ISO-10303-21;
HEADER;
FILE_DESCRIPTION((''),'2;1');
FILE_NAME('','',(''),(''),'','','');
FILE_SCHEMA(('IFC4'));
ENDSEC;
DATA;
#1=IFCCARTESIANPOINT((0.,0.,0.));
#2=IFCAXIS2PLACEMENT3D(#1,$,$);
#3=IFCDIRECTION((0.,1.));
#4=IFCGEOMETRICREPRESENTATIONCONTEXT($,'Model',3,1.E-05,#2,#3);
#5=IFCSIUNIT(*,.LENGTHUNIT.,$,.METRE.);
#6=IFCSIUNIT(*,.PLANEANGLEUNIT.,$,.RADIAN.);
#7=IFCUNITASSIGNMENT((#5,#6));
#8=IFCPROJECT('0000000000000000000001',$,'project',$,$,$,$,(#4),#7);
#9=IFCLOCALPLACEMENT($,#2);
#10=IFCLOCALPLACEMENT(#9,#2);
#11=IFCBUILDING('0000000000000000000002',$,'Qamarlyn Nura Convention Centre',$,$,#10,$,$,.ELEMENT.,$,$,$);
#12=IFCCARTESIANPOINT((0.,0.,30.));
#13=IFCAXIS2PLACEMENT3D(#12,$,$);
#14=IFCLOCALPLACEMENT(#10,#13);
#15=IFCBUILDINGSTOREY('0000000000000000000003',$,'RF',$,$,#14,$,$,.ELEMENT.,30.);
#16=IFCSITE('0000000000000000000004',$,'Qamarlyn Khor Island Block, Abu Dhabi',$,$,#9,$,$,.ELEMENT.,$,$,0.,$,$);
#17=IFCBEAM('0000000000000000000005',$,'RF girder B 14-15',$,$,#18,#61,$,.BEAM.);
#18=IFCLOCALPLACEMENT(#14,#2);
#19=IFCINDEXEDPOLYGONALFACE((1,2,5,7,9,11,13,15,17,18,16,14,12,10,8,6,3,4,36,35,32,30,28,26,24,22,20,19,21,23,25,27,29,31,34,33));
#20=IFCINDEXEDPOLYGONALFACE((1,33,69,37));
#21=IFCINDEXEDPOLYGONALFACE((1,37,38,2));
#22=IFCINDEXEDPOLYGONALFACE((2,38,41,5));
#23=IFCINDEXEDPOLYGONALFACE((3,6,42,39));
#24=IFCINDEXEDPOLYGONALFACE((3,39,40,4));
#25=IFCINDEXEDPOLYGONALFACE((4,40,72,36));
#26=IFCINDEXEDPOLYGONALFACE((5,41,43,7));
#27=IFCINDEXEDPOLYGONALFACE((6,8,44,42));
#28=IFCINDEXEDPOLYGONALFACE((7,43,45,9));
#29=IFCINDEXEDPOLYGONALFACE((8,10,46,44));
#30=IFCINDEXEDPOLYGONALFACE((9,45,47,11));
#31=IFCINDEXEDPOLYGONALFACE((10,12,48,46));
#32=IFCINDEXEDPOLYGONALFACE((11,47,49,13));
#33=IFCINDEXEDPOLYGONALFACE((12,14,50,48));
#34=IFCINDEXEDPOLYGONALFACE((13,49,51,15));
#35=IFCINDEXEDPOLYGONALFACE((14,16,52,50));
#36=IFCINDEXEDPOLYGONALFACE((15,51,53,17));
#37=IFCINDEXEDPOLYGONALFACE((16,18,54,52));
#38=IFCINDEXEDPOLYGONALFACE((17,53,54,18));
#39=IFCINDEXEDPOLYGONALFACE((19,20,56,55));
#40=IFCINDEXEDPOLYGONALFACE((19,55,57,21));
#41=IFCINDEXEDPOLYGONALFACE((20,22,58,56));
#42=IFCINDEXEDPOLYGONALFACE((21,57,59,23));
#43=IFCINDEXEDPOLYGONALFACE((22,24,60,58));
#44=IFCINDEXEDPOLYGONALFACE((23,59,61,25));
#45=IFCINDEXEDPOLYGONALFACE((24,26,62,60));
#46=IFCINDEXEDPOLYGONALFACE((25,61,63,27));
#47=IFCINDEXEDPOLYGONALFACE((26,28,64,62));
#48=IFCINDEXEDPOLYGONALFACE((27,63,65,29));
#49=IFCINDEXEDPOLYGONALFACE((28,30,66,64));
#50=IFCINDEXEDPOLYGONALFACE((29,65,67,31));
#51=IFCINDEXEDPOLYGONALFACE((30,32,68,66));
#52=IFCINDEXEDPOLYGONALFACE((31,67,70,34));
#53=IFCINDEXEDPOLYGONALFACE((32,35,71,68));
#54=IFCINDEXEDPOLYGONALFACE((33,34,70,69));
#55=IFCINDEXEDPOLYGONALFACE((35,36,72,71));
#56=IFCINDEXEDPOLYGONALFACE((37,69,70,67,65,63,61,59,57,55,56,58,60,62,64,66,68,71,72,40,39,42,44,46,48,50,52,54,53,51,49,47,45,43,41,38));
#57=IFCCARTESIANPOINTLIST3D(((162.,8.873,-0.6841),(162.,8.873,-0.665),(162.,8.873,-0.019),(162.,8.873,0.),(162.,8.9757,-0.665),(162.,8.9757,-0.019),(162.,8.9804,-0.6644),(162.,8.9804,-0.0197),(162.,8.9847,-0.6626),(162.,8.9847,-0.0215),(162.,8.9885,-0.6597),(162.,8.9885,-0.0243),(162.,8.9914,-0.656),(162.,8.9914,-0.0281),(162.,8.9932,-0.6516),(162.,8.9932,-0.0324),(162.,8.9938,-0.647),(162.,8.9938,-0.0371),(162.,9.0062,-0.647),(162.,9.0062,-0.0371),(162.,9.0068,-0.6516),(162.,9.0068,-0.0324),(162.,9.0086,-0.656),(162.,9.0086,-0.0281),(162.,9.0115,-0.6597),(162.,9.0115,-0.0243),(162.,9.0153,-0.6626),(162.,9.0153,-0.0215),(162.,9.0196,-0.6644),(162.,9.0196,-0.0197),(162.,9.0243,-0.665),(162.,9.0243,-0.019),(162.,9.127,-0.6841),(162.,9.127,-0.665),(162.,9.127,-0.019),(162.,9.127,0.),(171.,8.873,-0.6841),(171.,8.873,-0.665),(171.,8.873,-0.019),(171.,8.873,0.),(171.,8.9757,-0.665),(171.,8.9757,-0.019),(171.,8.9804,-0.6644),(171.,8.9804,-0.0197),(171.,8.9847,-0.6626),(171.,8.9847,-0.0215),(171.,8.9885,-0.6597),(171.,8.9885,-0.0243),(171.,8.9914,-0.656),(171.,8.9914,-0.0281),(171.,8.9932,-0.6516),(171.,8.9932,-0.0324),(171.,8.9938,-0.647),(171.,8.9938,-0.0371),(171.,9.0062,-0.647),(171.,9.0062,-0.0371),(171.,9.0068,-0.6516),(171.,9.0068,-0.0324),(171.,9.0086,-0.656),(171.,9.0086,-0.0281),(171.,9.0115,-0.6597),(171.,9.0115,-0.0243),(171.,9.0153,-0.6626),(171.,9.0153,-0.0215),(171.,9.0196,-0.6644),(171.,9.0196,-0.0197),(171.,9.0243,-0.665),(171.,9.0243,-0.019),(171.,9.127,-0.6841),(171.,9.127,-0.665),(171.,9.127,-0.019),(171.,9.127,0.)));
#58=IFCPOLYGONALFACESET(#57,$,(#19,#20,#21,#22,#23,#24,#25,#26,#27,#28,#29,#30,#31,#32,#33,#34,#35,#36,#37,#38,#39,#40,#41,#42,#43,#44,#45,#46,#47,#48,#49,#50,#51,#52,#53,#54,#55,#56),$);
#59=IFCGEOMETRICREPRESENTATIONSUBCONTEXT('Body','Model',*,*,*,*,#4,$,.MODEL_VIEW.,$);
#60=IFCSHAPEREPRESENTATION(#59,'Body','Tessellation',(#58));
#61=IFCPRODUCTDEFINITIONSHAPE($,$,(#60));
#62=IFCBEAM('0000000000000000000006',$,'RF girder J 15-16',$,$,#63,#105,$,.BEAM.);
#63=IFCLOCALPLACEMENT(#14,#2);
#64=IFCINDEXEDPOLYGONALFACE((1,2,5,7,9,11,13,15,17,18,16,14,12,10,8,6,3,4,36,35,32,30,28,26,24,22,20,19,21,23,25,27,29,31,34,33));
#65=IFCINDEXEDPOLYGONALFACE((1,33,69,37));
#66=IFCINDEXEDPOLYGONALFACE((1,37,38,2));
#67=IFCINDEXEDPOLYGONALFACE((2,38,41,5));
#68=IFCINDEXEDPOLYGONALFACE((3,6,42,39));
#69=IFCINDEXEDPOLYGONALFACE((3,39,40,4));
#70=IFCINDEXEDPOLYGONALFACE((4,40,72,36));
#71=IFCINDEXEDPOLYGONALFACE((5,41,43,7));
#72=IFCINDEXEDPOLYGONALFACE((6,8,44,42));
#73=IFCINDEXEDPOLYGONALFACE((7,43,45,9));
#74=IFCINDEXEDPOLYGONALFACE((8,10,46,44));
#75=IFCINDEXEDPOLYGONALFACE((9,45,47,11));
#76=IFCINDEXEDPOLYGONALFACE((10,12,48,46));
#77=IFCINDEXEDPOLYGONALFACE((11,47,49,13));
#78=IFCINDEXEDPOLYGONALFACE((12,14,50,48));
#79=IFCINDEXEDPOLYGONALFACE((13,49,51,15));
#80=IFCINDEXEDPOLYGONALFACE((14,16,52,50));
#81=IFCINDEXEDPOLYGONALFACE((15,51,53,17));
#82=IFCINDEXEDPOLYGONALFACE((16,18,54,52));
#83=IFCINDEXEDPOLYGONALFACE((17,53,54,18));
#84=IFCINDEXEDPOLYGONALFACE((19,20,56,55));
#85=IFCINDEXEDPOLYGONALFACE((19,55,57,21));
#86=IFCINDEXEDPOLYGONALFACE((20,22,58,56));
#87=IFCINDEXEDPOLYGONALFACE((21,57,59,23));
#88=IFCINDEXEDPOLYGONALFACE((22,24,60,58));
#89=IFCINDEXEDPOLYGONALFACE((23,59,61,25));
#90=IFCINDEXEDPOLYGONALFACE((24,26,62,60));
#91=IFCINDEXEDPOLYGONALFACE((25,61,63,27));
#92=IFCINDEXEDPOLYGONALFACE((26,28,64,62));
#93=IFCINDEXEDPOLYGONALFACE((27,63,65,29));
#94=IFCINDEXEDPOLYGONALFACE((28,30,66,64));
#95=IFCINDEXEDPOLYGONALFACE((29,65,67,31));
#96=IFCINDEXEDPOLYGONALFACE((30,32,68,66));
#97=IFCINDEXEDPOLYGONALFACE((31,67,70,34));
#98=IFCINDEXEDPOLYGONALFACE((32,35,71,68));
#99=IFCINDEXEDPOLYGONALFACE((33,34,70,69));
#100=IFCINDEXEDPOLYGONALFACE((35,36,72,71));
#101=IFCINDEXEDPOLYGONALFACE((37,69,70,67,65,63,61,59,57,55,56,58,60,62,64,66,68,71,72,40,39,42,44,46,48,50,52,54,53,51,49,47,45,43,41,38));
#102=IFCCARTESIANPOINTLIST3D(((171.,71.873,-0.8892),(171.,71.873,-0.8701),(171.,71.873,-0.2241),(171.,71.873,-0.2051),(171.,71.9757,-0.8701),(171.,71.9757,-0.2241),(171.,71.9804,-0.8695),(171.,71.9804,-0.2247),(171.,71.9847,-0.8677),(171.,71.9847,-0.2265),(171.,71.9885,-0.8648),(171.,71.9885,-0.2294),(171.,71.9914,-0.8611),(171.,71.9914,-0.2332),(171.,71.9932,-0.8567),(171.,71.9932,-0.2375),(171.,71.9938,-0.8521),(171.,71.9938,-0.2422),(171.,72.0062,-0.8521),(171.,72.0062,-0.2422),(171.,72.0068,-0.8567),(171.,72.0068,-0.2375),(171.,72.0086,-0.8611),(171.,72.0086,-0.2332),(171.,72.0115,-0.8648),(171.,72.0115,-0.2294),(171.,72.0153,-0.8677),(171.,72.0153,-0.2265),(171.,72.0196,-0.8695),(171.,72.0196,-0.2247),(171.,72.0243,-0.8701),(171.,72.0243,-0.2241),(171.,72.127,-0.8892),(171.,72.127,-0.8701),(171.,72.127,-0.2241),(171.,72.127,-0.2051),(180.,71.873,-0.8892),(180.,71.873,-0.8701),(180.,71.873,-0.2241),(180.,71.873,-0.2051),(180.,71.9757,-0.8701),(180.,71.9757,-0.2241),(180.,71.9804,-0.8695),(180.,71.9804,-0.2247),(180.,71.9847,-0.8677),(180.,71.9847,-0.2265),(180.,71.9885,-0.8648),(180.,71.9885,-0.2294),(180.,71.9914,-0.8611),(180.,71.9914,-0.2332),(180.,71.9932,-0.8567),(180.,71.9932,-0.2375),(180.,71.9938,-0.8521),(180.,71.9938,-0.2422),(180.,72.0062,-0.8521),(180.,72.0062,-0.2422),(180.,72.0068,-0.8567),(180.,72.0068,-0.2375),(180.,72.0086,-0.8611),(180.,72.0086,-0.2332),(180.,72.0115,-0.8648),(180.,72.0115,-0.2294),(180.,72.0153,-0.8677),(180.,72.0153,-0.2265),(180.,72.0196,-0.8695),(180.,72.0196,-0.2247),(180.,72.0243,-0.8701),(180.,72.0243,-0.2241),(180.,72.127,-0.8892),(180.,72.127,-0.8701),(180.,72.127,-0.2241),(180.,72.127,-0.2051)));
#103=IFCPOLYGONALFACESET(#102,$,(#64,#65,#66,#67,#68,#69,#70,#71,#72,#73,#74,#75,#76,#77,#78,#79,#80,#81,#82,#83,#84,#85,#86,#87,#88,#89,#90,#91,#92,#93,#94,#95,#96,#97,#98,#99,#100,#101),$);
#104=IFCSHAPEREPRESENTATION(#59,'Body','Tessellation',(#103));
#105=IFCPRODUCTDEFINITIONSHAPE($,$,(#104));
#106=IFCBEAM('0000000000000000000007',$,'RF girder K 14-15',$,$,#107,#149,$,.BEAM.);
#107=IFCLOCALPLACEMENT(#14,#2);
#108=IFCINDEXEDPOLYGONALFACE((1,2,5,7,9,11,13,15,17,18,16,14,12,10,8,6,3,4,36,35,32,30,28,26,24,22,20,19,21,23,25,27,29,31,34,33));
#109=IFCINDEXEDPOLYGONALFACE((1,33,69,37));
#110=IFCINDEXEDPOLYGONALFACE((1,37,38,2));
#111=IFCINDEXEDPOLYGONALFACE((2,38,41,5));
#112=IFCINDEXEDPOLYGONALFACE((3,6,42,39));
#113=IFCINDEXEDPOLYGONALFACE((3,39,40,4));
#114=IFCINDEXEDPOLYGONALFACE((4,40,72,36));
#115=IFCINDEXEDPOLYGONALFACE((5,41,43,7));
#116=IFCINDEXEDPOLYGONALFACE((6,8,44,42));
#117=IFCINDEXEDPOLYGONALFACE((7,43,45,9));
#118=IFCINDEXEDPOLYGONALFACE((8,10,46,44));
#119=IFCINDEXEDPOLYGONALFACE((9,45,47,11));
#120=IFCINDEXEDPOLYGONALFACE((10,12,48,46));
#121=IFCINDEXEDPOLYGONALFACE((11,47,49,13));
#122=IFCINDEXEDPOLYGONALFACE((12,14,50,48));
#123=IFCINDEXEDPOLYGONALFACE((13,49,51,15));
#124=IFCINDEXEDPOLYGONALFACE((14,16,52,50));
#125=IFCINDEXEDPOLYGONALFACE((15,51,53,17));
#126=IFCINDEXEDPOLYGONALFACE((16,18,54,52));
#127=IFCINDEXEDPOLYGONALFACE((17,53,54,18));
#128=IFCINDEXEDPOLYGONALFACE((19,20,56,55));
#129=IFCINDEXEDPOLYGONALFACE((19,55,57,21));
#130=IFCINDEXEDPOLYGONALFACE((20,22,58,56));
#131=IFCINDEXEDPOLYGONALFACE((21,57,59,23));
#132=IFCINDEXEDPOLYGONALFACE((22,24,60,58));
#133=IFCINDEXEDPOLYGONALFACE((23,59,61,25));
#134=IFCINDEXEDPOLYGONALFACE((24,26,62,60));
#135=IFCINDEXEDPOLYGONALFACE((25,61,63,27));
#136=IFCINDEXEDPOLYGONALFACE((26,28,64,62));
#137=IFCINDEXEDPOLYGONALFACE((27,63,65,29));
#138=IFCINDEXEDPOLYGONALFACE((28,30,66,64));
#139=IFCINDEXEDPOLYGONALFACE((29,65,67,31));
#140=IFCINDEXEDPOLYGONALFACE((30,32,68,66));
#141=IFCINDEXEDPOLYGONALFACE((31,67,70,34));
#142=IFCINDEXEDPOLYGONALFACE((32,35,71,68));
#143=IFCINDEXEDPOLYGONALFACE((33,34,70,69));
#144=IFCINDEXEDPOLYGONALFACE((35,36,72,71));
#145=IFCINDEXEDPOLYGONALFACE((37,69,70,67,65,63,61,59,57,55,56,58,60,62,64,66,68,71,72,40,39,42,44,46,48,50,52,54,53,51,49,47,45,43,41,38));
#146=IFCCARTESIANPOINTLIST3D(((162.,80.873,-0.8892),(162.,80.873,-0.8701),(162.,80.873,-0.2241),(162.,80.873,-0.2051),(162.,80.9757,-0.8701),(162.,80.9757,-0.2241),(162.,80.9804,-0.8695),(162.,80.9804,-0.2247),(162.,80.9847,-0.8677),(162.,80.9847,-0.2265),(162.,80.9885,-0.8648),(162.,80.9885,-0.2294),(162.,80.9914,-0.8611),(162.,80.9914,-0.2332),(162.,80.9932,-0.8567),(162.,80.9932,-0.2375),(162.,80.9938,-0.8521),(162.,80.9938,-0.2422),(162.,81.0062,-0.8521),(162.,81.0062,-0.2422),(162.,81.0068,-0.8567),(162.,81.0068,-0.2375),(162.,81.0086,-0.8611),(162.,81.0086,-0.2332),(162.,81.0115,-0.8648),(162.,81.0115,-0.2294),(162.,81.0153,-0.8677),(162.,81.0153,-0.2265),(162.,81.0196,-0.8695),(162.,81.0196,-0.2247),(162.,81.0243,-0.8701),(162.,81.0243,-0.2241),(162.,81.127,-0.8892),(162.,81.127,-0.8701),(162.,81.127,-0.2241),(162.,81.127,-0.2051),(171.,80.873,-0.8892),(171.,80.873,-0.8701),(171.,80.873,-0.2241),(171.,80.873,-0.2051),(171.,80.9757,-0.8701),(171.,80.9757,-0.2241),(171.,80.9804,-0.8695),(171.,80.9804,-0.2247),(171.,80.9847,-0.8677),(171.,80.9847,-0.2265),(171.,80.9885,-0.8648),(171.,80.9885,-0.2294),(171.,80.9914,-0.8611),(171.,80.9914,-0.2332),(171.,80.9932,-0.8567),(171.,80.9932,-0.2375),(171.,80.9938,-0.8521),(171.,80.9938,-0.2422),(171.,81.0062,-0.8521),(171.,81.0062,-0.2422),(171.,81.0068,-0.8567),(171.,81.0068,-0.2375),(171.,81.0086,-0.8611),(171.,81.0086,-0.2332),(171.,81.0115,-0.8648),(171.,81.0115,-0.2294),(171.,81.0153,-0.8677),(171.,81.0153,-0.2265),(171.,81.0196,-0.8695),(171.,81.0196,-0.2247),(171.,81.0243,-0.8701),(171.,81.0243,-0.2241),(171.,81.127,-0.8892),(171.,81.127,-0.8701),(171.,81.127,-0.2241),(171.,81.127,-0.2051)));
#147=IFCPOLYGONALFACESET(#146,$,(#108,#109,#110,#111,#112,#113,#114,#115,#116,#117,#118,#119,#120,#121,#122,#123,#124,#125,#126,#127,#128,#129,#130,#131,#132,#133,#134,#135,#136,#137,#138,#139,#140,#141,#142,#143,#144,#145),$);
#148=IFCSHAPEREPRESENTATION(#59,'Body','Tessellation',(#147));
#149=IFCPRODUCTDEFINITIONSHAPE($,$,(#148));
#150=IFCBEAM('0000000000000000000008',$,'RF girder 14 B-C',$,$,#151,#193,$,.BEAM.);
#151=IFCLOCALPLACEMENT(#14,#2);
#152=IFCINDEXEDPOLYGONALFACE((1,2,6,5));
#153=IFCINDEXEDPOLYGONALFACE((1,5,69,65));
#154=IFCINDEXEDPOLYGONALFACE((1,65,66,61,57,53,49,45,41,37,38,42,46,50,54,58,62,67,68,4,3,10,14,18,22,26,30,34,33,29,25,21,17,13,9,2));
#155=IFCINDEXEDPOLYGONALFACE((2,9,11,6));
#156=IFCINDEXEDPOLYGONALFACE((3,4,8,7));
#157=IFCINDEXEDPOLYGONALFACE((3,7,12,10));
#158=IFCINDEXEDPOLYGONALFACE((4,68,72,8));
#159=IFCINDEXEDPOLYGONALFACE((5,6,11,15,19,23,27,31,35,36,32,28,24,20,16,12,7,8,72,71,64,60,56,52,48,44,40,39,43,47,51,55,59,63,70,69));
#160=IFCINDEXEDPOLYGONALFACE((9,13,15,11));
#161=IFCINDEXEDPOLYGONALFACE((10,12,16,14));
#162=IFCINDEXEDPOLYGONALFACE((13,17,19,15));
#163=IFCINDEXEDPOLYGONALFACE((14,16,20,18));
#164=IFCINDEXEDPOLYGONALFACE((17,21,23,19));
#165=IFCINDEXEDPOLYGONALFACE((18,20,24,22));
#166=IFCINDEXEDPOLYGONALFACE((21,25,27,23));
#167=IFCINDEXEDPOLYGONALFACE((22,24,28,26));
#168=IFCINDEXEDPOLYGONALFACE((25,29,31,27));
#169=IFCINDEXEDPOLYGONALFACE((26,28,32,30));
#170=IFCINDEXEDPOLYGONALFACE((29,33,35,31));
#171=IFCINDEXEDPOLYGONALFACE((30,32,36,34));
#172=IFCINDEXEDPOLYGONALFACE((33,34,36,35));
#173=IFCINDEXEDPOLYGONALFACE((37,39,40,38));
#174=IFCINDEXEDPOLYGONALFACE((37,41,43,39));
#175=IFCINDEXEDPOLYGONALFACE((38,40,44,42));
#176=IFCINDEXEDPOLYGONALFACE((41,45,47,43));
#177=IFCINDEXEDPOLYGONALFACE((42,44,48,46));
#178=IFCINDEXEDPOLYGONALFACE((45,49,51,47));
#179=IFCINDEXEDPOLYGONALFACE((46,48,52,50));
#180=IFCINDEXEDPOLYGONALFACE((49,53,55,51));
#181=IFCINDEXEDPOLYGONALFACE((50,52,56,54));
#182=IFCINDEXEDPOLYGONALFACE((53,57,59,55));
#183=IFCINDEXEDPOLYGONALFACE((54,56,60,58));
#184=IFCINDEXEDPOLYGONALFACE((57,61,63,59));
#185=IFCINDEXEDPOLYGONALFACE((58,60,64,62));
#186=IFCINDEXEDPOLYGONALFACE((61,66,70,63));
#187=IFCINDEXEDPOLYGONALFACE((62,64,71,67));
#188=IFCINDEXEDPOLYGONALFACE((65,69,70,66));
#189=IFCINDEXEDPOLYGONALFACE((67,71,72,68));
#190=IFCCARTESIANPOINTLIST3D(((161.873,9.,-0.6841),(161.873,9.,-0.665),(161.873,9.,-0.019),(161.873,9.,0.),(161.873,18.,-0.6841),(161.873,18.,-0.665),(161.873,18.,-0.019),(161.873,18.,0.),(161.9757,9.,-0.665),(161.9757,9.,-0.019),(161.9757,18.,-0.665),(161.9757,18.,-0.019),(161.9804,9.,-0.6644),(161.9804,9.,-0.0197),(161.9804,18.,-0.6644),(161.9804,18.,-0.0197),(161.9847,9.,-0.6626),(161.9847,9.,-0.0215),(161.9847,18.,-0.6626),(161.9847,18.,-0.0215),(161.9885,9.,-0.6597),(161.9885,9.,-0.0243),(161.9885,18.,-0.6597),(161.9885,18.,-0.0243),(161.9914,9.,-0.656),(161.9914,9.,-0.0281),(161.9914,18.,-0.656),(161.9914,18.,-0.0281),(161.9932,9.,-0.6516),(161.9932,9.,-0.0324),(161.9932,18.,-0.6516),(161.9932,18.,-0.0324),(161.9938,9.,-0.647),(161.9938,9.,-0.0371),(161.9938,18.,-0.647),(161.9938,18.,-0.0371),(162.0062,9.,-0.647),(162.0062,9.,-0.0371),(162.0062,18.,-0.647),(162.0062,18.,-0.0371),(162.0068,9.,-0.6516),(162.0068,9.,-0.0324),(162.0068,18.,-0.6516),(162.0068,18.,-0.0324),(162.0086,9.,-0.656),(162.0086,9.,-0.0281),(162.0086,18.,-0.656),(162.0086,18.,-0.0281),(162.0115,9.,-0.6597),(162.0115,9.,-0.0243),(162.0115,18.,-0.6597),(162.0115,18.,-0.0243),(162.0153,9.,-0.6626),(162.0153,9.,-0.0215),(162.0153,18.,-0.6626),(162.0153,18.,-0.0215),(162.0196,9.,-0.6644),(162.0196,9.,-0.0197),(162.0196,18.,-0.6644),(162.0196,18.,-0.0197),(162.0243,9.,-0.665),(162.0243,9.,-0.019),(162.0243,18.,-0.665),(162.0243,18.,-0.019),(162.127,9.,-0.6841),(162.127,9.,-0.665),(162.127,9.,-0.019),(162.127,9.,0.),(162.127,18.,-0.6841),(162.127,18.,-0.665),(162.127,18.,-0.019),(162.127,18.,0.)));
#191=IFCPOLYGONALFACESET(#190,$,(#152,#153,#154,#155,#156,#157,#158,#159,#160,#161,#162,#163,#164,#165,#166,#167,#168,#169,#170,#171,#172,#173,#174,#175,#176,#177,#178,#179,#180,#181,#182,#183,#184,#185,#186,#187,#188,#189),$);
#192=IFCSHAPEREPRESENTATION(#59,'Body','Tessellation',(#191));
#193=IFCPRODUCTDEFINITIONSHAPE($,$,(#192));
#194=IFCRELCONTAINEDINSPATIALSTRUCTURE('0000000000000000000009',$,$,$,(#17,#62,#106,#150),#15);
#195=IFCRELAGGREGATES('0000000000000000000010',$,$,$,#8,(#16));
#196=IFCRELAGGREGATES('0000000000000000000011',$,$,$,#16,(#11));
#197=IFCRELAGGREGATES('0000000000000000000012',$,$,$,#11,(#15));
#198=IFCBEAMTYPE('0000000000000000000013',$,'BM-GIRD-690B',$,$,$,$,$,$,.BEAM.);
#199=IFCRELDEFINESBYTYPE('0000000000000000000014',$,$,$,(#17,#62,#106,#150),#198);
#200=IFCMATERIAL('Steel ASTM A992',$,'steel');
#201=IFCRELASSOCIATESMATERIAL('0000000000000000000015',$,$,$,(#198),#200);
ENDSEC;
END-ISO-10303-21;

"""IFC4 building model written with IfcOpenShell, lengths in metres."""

from ifc_helpers import new_model, si_unit, direction, frame, origin, origin_2d, place, context, subcontext, project, spatial, i_section, extrude, material, material_profile, profile_set, type_object, element, save


model = new_model("IFC4")

# Units and contexts
model_context = context("Model", 3, precision=1e-05, world=origin(), true_north=direction((0.0, 1.0)))
body_context = subcontext(model_context, "Body", "Model", "MODEL_VIEW")
ifc_project = project(units=[si_unit("LENGTHUNIT", "METRE"), si_unit("PLANEANGLEUNIT", "RADIAN")], contexts=[model_context])

# Site, building, storey
site_placement = place(None, origin())
site = spatial("IfcSite", under=ifc_project, at=site_placement, Name="Qamarlyn Khor Island Block, Abu Dhabi", CompositionType="ELEMENT", RefElevation=0.0)
building_placement = place(site_placement, origin())
building = spatial("IfcBuilding", under=site, at=building_placement, Name="Qamarlyn Nura Convention Centre", CompositionType="ELEMENT")
storey_placement = place(building_placement, frame((0.0, 0.0, 30.0)))
storey = spatial("IfcBuildingStorey", under=building, at=storey_placement, Name="RF", CompositionType="ELEMENT", Elevation=30.0)

# Beams
ifc_material_1 = material(Name="Steel ASTM A992", Category="steel")
ifc_material_profile_1 = material_profile(ifc_material_1, i_section(OverallWidth=0.2539, OverallDepth=0.6841, WebThickness=0.0125, FlangeThickness=0.019, FilletRadius=0.0181, at=origin_2d()), Name="W690X140")
ifc_profile_set_1 = profile_set([ifc_material_profile_1], Name="Steel ASTM A992")
beam_type_1 = type_object("IfcBeamType", Name="BM-GIRD-690B", PredefinedType="BEAM", material=ifc_profile_set_1)
for number, where, z_axis, x_axis, name in (
    (1, (162.0, 9.0, -0.342), (1.0, 0.0, 0.0), (0.0, 1.0, 0.0), "RF girder B 14-15"),
    (2, (171.0, 72.0, -0.5471), (1.0, 0.0, 0.0), (0.0, 1.0, 0.0), "RF girder J 15-16"),
    (3, (162.0, 81.0, -0.5471), (1.0, 0.0, 0.0), (0.0, 1.0, 0.0), "RF girder K 14-15"),
    (4, (162.0, 9.0, -0.342), (0.0, 1.0, 0.0), (-1.0, 0.0, 0.0), "RF girder 14 B-C"),
):
    element("IfcBeam", number, at=place(storey_placement, frame(where, z_axis=z_axis, x_axis=x_axis)), inside=storey, type_object=beam_type_1, Name=name, PredefinedType="BEAM", context=body_context, shape_type="SweptSolid", body=[
        extrude(i_section(OverallWidth=0.2539, OverallDepth=0.6841, WebThickness=0.0125, FlangeThickness=0.019, FilletRadius=0.0181, at=origin_2d()), origin(), (0.0, 0.0, 1.0), 9.0),
    ])

save(model, "model.ifc")
